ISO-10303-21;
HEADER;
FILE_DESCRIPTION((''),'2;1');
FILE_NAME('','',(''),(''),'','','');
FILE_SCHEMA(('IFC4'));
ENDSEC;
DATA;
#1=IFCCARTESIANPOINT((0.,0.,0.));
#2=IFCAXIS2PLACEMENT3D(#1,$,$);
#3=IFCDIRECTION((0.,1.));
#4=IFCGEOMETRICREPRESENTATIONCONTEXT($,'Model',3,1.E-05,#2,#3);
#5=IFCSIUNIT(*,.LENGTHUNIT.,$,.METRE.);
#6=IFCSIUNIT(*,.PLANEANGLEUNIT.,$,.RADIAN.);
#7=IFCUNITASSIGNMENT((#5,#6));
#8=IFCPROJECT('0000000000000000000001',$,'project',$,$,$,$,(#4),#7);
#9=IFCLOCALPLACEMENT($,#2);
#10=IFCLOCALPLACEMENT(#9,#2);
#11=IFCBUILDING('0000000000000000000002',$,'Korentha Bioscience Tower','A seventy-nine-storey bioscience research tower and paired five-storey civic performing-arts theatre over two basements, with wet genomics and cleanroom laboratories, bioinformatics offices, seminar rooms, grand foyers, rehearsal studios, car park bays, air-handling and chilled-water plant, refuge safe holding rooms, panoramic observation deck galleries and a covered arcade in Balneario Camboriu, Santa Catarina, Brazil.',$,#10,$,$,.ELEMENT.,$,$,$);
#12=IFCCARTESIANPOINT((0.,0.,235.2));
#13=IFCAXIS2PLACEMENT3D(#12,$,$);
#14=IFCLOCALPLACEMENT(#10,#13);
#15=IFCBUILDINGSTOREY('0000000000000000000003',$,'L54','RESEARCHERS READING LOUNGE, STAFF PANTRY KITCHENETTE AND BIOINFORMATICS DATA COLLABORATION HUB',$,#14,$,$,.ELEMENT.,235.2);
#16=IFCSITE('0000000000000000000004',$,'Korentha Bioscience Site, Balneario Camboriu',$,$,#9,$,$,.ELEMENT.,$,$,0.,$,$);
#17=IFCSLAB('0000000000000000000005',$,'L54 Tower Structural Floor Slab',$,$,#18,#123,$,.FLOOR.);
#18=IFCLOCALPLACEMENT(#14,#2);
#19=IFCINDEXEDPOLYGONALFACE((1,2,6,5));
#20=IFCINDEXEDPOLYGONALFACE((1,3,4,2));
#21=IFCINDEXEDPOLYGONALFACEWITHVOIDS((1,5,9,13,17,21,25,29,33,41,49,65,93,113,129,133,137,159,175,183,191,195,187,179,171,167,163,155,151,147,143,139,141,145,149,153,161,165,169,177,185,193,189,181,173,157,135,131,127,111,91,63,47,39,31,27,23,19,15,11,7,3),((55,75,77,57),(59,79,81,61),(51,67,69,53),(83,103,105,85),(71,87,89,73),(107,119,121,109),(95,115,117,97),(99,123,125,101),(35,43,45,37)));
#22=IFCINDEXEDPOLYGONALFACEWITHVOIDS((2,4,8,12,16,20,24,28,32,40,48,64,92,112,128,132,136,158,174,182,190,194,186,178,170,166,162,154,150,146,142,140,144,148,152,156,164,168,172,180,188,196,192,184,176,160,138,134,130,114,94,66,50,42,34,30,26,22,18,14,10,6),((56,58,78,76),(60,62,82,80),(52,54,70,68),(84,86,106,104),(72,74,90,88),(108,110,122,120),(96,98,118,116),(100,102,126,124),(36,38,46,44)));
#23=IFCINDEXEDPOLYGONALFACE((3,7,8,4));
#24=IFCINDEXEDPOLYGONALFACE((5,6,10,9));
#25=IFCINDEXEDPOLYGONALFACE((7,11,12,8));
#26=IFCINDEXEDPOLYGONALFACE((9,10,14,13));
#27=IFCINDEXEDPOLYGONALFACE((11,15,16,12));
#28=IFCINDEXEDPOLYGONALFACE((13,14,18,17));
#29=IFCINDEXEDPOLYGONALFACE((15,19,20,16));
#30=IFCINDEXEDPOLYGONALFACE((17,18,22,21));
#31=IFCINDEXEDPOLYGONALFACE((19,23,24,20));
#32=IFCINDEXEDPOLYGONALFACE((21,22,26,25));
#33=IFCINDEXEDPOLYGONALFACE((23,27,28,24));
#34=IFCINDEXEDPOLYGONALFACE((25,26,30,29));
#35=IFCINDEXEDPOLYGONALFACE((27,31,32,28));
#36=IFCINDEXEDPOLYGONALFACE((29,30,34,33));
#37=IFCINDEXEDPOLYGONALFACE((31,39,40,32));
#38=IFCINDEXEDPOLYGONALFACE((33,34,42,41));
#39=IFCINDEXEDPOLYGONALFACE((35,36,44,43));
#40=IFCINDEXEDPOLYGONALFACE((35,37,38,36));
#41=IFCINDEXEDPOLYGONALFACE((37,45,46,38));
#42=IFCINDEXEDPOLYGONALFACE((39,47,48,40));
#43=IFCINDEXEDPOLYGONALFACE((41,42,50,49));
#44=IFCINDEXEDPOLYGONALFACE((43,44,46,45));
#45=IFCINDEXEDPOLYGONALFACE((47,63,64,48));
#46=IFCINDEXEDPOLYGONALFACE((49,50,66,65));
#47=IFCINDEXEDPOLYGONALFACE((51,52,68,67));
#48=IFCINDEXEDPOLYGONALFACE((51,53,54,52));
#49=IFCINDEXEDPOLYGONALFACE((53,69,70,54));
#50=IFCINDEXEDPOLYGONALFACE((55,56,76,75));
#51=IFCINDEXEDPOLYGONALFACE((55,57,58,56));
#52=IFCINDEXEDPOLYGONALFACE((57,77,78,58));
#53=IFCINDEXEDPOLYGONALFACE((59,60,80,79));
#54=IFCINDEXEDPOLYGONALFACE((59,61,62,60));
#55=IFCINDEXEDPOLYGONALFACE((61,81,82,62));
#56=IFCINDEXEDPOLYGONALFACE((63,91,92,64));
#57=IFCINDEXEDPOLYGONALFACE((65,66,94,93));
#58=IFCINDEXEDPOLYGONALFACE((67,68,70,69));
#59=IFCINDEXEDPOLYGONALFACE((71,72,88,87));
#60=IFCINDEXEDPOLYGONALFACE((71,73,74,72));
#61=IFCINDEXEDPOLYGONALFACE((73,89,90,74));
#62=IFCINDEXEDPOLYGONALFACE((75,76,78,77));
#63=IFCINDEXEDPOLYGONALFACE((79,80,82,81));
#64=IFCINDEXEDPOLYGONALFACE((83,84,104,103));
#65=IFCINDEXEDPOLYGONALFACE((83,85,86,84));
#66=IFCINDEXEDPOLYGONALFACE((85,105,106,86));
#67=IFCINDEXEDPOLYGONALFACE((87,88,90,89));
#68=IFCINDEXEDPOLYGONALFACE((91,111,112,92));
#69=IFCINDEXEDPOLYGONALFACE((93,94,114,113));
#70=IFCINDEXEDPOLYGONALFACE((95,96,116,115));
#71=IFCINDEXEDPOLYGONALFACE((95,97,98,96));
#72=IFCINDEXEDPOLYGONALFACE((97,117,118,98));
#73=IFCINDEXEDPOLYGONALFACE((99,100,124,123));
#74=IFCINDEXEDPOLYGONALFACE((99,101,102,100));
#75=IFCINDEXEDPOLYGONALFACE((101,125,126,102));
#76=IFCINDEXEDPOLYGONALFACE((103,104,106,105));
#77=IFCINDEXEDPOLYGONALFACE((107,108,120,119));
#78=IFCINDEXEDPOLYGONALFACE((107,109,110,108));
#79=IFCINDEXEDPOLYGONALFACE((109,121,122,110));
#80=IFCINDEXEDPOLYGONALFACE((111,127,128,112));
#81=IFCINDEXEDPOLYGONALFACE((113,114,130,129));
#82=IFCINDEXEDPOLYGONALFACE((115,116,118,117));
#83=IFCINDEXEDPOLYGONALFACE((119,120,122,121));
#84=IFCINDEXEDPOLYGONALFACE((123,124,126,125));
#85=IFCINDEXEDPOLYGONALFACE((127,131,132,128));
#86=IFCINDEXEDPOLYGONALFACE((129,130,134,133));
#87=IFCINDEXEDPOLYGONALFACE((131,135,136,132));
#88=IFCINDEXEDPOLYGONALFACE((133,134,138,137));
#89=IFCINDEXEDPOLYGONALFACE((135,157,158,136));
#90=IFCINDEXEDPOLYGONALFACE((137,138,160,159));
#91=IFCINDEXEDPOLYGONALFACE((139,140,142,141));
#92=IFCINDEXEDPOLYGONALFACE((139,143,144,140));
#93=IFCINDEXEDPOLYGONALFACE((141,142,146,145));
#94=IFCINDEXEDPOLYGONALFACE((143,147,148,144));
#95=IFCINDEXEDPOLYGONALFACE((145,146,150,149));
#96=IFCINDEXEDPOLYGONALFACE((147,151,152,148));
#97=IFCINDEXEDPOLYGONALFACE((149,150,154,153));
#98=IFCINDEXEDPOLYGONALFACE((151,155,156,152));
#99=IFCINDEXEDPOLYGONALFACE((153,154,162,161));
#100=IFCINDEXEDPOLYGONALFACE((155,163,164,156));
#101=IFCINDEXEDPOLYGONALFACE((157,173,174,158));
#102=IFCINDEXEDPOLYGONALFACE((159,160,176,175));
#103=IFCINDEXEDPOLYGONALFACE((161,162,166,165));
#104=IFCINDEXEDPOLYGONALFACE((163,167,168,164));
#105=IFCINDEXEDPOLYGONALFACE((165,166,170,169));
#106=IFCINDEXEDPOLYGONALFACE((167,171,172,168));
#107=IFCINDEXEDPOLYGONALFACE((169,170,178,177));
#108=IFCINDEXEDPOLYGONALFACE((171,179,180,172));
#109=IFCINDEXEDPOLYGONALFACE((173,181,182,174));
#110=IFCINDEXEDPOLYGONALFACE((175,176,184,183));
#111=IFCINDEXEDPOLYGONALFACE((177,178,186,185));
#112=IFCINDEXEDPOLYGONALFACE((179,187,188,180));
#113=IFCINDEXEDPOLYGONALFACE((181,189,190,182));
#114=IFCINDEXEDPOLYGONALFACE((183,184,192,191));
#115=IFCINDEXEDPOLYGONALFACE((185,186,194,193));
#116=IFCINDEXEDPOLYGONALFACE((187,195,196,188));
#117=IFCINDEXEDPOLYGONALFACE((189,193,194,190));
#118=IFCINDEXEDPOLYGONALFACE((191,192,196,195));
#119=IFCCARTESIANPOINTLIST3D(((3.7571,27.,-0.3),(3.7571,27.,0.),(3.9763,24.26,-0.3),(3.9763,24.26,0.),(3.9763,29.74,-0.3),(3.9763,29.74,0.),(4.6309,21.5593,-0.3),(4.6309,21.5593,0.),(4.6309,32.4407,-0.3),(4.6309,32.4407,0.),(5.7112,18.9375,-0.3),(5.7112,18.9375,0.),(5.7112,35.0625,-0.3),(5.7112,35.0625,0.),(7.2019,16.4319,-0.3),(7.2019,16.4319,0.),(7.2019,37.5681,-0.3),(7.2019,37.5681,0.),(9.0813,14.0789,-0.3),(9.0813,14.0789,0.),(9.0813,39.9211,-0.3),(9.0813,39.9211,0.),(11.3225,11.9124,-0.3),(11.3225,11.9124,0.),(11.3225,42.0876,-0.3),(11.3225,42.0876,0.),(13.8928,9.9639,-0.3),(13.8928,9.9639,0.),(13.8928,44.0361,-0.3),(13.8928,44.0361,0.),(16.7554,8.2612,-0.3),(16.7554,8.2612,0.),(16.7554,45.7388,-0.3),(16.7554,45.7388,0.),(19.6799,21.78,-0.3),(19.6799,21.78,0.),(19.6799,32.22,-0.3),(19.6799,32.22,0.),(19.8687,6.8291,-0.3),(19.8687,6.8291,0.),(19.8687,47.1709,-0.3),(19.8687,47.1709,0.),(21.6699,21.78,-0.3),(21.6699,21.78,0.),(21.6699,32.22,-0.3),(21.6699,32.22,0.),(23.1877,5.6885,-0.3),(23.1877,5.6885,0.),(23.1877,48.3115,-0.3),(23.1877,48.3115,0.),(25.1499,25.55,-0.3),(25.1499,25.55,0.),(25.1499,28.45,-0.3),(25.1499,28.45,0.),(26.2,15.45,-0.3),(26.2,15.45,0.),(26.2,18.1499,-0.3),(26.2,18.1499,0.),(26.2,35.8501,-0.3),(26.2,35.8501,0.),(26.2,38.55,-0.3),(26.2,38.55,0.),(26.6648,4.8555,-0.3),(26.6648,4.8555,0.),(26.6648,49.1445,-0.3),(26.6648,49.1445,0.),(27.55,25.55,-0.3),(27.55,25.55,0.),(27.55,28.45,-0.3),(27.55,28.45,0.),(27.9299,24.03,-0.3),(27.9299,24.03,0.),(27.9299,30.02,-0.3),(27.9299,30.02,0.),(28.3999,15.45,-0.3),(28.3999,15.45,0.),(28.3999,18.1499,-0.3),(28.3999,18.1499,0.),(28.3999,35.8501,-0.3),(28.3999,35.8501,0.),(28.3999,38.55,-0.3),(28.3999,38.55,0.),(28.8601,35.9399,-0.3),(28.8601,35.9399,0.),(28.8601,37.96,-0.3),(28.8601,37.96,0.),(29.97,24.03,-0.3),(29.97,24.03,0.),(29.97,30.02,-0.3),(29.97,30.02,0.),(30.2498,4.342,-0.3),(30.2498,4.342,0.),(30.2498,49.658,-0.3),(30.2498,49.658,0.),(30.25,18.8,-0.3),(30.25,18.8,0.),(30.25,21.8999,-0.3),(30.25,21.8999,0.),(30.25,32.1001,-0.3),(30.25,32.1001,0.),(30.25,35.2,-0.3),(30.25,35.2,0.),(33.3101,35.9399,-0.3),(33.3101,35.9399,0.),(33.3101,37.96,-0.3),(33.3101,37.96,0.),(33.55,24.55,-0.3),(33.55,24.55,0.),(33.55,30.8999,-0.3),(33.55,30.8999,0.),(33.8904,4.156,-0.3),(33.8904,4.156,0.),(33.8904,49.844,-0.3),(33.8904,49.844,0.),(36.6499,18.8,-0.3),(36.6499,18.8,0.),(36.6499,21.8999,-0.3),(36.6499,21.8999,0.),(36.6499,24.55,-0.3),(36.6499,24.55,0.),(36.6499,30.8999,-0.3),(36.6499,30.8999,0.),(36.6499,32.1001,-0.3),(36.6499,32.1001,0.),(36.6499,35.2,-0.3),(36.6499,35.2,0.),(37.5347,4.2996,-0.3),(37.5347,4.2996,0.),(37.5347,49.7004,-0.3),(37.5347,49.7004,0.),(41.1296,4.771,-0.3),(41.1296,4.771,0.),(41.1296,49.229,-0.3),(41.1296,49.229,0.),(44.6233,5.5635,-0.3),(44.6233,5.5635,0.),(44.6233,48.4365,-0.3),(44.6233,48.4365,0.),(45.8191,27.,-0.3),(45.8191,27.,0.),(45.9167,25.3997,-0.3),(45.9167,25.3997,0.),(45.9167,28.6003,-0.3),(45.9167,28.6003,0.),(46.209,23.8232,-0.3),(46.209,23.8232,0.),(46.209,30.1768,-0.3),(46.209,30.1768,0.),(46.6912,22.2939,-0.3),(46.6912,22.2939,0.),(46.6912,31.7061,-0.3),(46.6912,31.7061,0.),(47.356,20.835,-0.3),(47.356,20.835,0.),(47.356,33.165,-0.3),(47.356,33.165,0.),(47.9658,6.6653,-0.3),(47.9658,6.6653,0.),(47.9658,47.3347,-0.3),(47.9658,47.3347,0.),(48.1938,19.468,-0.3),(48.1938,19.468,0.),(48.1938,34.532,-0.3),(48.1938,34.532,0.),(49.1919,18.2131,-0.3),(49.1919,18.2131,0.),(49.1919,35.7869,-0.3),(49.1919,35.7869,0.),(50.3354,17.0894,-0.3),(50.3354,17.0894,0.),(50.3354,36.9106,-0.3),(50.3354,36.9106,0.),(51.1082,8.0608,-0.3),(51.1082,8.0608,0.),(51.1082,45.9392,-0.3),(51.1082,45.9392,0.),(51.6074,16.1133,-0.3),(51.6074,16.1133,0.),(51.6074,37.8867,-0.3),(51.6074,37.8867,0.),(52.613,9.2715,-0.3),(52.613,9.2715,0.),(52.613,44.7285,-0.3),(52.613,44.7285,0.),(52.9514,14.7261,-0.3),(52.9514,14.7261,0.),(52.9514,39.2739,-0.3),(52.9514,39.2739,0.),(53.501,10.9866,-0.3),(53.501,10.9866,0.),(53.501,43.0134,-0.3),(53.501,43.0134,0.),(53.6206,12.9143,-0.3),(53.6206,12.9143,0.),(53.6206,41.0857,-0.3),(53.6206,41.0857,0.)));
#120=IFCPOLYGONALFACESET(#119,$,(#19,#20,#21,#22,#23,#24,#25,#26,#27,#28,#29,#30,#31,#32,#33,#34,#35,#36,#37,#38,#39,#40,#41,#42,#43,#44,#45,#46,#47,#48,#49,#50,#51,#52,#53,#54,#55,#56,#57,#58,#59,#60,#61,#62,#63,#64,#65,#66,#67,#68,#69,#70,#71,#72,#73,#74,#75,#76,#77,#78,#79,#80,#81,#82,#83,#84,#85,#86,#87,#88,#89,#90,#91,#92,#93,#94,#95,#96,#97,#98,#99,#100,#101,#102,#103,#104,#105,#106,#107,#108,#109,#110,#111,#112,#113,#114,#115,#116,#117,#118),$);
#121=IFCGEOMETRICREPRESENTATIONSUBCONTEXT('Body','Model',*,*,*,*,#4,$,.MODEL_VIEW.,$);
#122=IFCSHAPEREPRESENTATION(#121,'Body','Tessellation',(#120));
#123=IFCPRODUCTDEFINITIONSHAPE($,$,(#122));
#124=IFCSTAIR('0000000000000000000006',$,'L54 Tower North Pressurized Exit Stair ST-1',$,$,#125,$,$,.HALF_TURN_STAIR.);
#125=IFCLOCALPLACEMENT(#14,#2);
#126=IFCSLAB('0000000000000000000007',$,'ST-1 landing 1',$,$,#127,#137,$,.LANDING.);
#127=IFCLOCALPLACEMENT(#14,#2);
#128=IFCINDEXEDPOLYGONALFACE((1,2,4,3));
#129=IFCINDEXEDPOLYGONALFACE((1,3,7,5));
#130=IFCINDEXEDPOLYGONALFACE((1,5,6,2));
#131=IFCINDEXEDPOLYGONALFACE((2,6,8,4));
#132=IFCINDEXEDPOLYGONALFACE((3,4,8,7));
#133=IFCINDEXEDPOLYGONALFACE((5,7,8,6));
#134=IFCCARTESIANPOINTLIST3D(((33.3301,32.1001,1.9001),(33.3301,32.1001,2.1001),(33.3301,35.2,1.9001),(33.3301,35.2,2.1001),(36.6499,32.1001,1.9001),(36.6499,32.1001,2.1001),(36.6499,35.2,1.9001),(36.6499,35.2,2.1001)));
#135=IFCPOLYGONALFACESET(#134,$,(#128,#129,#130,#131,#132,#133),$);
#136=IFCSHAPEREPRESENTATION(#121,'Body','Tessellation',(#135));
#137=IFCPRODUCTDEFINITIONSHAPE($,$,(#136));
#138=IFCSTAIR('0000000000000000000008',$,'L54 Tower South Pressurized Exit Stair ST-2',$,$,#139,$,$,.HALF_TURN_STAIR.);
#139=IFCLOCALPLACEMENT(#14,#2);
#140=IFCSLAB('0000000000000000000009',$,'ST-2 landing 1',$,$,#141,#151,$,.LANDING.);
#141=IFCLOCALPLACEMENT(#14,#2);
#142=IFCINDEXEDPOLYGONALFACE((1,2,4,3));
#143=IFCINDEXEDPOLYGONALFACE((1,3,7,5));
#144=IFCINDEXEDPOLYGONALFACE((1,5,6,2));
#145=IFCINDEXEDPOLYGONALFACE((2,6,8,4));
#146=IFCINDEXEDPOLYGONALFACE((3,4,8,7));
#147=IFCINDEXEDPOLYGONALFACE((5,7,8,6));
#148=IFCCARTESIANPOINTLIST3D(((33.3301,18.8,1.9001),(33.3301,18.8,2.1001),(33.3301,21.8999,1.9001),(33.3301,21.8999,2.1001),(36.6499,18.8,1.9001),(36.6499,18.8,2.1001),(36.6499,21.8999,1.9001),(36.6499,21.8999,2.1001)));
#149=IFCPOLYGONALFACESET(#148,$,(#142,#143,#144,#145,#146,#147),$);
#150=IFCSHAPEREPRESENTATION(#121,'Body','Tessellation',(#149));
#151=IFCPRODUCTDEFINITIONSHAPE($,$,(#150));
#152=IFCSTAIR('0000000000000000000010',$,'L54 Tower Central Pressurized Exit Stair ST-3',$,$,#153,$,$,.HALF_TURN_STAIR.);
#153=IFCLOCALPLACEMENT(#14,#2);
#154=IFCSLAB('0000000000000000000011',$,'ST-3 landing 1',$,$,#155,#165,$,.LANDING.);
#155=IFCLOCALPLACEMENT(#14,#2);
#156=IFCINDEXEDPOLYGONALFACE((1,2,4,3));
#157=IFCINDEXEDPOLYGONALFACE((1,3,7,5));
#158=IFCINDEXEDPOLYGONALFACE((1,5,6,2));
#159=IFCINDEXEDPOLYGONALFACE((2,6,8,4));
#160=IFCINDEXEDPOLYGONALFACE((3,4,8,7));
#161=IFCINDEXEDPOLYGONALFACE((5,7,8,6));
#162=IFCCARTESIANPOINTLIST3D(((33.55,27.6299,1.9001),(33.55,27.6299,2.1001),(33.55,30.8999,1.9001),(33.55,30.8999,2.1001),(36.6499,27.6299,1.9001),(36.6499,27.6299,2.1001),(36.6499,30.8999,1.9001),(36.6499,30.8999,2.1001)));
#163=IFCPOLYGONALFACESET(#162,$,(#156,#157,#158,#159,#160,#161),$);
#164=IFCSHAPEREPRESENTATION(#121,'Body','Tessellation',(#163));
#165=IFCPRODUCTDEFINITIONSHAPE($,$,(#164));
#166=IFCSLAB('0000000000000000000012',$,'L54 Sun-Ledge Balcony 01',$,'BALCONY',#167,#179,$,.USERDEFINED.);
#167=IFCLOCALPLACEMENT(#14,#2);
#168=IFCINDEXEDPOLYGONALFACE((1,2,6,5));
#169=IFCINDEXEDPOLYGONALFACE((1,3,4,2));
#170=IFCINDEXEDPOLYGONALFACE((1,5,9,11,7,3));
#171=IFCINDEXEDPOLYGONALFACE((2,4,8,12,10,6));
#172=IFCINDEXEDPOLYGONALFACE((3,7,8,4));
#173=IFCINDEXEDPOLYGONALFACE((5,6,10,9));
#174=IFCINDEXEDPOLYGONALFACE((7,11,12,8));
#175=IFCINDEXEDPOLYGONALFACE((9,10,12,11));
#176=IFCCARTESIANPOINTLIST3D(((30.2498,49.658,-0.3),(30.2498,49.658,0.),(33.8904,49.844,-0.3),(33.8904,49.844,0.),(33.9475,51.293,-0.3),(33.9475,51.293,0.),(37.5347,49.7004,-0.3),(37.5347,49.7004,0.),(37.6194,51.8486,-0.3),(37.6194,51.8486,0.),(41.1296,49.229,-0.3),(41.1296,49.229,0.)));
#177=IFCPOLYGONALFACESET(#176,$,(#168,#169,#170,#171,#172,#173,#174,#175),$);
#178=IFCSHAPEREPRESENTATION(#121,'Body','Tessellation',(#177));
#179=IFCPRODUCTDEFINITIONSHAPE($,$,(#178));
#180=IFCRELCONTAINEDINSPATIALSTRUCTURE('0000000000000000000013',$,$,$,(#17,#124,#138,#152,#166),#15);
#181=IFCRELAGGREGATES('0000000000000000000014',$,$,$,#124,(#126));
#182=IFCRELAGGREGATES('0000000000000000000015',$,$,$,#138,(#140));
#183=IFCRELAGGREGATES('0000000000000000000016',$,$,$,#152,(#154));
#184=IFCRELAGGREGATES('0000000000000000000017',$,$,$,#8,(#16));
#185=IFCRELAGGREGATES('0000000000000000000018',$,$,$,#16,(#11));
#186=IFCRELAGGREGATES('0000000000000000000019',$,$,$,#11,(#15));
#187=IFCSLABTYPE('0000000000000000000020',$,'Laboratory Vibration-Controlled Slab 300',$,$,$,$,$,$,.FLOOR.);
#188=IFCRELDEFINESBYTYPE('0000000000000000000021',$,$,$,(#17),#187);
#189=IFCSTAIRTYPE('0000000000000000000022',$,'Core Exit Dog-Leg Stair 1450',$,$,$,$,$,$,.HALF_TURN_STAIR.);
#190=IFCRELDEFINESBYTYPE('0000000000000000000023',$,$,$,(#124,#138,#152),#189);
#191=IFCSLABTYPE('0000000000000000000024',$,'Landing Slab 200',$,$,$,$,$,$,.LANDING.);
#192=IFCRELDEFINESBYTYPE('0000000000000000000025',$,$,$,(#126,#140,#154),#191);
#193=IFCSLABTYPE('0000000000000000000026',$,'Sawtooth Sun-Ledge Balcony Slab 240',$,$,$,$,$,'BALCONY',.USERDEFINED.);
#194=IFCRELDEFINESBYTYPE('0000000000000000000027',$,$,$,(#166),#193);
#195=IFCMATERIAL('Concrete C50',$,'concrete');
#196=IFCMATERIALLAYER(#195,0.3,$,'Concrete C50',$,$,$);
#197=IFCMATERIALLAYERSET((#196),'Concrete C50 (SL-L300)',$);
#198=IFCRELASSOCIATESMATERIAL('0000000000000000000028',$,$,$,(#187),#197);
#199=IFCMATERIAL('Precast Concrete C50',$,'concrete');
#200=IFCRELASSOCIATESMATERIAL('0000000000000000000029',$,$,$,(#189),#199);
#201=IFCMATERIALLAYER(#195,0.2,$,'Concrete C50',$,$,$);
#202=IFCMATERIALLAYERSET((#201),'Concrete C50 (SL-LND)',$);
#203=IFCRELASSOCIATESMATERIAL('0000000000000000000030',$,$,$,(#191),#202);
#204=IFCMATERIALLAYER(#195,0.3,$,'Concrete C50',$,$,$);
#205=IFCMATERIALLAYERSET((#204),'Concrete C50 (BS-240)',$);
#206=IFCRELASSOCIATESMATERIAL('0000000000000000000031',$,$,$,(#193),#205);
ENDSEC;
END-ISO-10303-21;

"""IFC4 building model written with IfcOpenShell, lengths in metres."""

from ifc_helpers import new_model, si_unit, direction, frame, origin, place, context, subcontext, project, spatial, polyline, outline, extrude, material, layer, layer_set, type_object, element, aggregate, save


model = new_model("IFC4")

# Units and contexts
model_context = context("Model", 3, precision=1e-05, world=origin(), true_north=direction((0.0, 1.0)))
body_context = subcontext(model_context, "Body", "Model", "MODEL_VIEW")
ifc_project = project(units=[si_unit("LENGTHUNIT", "METRE"), si_unit("PLANEANGLEUNIT", "RADIAN")], contexts=[model_context])

# Site, building, storey
site_placement = place(None, origin())
site = spatial("IfcSite", under=ifc_project, at=site_placement, Name="Korentha Bioscience Site, Balneario Camboriu", CompositionType="ELEMENT", RefElevation=0.0)
building_placement = place(site_placement, origin())
building = spatial("IfcBuilding", under=site, at=building_placement, Name="Korentha Bioscience Tower", Description="A seventy-nine-storey bioscience research tower and paired five-storey civic performing-arts theatre over two basements, with wet genomics and cleanroom laboratories, bioinformatics offices, seminar rooms, grand foyers, rehearsal studios, car park bays, air-handling and chilled-water plant, refuge safe holding rooms, panoramic observation deck galleries and a covered arcade in Balneario Camboriu, Santa Catarina, Brazil.", CompositionType="ELEMENT")
storey_placement = place(building_placement, frame((0.0, 0.0, 235.2)))
storey = spatial("IfcBuildingStorey", under=building, at=storey_placement, Name="L54", Description="RESEARCHERS READING LOUNGE, STAFF PANTRY KITCHENETTE AND BIOINFORMATICS DATA COLLABORATION HUB", CompositionType="ELEMENT", Elevation=235.2)

# Slab
ifc_material_1 = material(Name="Concrete C50", Category="concrete")
ifc_layer_1 = layer(ifc_material_1, 0.3, Name="Concrete C50")
ifc_layer_set_1 = layer_set([ifc_layer_1], Name="Concrete C50 (SL-L300)")
slab_type_1 = type_object("IfcSlabType", Name="Laboratory Vibration-Controlled Slab 300", PredefinedType="FLOOR", material=ifc_layer_set_1)
slab_1_placement = place(storey_placement, frame((0.0, 0.0, -0.3)))
element("IfcSlab", 1, at=slab_1_placement, inside=storey, type_object=slab_type_1, Name="L54 Tower Structural Floor Slab", PredefinedType="FLOOR", context=body_context, shape_type="SweptSolid", body=[
    extrude(outline(polyline([(51.1082, 45.9392), (47.9658, 47.3347), (44.6233, 48.4365), (41.1296, 49.229), (37.5347, 49.7004), (33.8904, 49.844), (30.2498, 49.658), (26.6648, 49.1445), (23.1877, 48.3115), (19.8687, 47.1709), (16.7554, 45.7388), (13.8928, 44.0361), (11.3225, 42.0876), (9.0813, 39.9211), (7.2019, 37.5681), (5.7112, 35.0625), (4.6309, 32.4407), (3.9763, 29.74), (3.7571, 27.0), (3.9763, 24.26), (4.6309, 21.5593), (5.7112, 18.9375), (7.2019, 16.4319), (9.0813, 14.0789), (11.3225, 11.9124), (13.8928, 9.9639), (16.7554, 8.2612), (19.8687, 6.8291), (23.1877, 5.6885), (26.6648, 4.8555), (30.2498, 4.342), (33.8904, 4.156), (37.5347, 4.2996), (41.1296, 4.771), (44.6233, 5.5635), (47.9658, 6.6653), (51.1082, 8.0608), (52.613, 9.2715), (53.501, 10.9866), (53.6206, 12.9143), (52.9514, 14.7261), (51.6074, 16.1133), (50.3354, 17.0894), (49.1919, 18.2131), (48.1938, 19.468), (47.356, 20.835), (46.6912, 22.2939), (46.209, 23.8232), (45.9167, 25.3997), (45.8191, 27.0), (45.9167, 28.6003), (46.209, 30.1768), (46.6912, 31.7061), (47.356, 33.165), (48.1938, 34.532), (49.1919, 35.7869), (50.3354, 36.9106), (51.6074, 37.8867), (52.9514, 39.2739), (53.6206, 41.0857), (53.501, 43.0134), (52.613, 44.7285), (51.1082, 45.9392)]), holes=[polyline([(30.25, 32.1001), (36.6499, 32.1001), (36.6499, 35.2), (30.25, 35.2), (30.25, 32.1001)]), polyline([(30.25, 18.8), (36.6499, 18.8), (36.6499, 21.8999), (30.25, 21.8999), (30.25, 18.8)]), polyline([(36.6499, 24.55), (36.6499, 30.8999), (33.55, 30.8999), (33.55, 24.55), (36.6499, 24.55)]), polyline([(19.6799, 21.78), (21.6699, 21.78), (21.6699, 32.22), (19.6799, 32.22), (19.6799, 21.78)]), polyline([(27.9299, 24.03), (29.97, 24.03), (29.97, 30.02), (27.9299, 30.02), (27.9299, 24.03)]), polyline([(28.8601, 35.9399), (33.3101, 35.9399), (33.3101, 37.96), (28.8601, 37.96), (28.8601, 35.9399)]), polyline([(26.2, 15.45), (28.3999, 15.45), (28.3999, 18.1499), (26.2, 18.1499), (26.2, 15.45)]), polyline([(26.2, 35.8501), (28.3999, 35.8501), (28.3999, 38.55), (26.2, 38.55), (26.2, 35.8501)]), polyline([(25.1499, 25.55), (27.55, 25.55), (27.55, 28.45), (25.1499, 28.45), (25.1499, 25.55)])]), origin(), (0.0, 0.0, 1.0), 0.3),
])

# Stairs, slabs
ifc_material_2 = material(Name="Precast Concrete C50", Category="concrete")
stair_type = type_object("IfcStairType", Name="Core Exit Dog-Leg Stair 1450", PredefinedType="HALF_TURN_STAIR", material=ifc_material_2)
stair_1_placement = place(storey_placement, origin())
stair_1 = element("IfcStair", 2, at=stair_1_placement, inside=storey, type_object=stair_type, Name="L54 Tower North Pressurized Exit Stair ST-1", PredefinedType="HALF_TURN_STAIR")
ifc_layer_2 = layer(ifc_material_1, 0.2, Name="Concrete C50")
ifc_layer_set_2 = layer_set([ifc_layer_2], Name="Concrete C50 (SL-LND)")
slab_type_2 = type_object("IfcSlabType", Name="Landing Slab 200", PredefinedType="LANDING", material=ifc_layer_set_2)
slab_2_placement = place(storey_placement, frame((0.0, 0.0, 1.9001)))
slab_2 = element("IfcSlab", 3, at=slab_2_placement, type_object=slab_type_2, Name="ST-1 landing 1", PredefinedType="LANDING", context=body_context, shape_type="SweptSolid", body=[
    extrude(outline(polyline([(33.3301, 32.1001), (36.6499, 32.1001), (36.6499, 35.2), (33.3301, 35.2), (33.3301, 32.1001)])), origin(), (0.0, 0.0, 1.0), 0.2),
])
aggregate(stair_1, [slab_2])
stair_2_placement = place(storey_placement, origin())
stair_2 = element("IfcStair", 4, at=stair_2_placement, inside=storey, type_object=stair_type, Name="L54 Tower South Pressurized Exit Stair ST-2", PredefinedType="HALF_TURN_STAIR")
slab_3_placement = place(storey_placement, frame((0.0, 0.0, 1.9001)))
slab_3 = element("IfcSlab", 5, at=slab_3_placement, type_object=slab_type_2, Name="ST-2 landing 1", PredefinedType="LANDING", context=body_context, shape_type="SweptSolid", body=[
    extrude(outline(polyline([(33.3301, 18.8), (36.6499, 18.8), (36.6499, 21.8999), (33.3301, 21.8999), (33.3301, 18.8)])), origin(), (0.0, 0.0, 1.0), 0.2),
])
aggregate(stair_2, [slab_3])
stair_3_placement = place(storey_placement, origin())
stair_3 = element("IfcStair", 6, at=stair_3_placement, inside=storey, type_object=stair_type, Name="L54 Tower Central Pressurized Exit Stair ST-3", PredefinedType="HALF_TURN_STAIR")
slab_4_placement = place(storey_placement, frame((0.0, 0.0, 1.9001)))
slab_4 = element("IfcSlab", 7, at=slab_4_placement, type_object=slab_type_2, Name="ST-3 landing 1", PredefinedType="LANDING", context=body_context, shape_type="SweptSolid", body=[
    extrude(outline(polyline([(36.6499, 27.6299), (36.6499, 30.8999), (33.55, 30.8999), (33.55, 27.6299), (36.6499, 27.6299)])), origin(), (0.0, 0.0, 1.0), 0.2),
])
aggregate(stair_3, [slab_4])

# Slab
ifc_layer_3 = layer(ifc_material_1, 0.3, Name="Concrete C50")
ifc_layer_set_3 = layer_set([ifc_layer_3], Name="Concrete C50 (BS-240)")
slab_type_3 = type_object("IfcSlabType", Name="Sawtooth Sun-Ledge Balcony Slab 240", ElementType="BALCONY", PredefinedType="USERDEFINED", material=ifc_layer_set_3)
slab_5_placement = place(storey_placement, frame((0.0, 0.0, -0.3)))
element("IfcSlab", 8, at=slab_5_placement, inside=storey, type_object=slab_type_3, Name="L54 Sun-Ledge Balcony 01", ObjectType="BALCONY", PredefinedType="USERDEFINED", context=body_context, shape_type="SweptSolid", body=[
    extrude(outline(polyline([(30.2498, 49.658), (33.8904, 49.844), (37.5347, 49.7004), (41.1296, 49.229), (37.6194, 51.8486), (33.9475, 51.293), (30.2498, 49.658)])), origin(), (0.0, 0.0, 1.0), 0.3),
])

save(model, "model.ifc")
